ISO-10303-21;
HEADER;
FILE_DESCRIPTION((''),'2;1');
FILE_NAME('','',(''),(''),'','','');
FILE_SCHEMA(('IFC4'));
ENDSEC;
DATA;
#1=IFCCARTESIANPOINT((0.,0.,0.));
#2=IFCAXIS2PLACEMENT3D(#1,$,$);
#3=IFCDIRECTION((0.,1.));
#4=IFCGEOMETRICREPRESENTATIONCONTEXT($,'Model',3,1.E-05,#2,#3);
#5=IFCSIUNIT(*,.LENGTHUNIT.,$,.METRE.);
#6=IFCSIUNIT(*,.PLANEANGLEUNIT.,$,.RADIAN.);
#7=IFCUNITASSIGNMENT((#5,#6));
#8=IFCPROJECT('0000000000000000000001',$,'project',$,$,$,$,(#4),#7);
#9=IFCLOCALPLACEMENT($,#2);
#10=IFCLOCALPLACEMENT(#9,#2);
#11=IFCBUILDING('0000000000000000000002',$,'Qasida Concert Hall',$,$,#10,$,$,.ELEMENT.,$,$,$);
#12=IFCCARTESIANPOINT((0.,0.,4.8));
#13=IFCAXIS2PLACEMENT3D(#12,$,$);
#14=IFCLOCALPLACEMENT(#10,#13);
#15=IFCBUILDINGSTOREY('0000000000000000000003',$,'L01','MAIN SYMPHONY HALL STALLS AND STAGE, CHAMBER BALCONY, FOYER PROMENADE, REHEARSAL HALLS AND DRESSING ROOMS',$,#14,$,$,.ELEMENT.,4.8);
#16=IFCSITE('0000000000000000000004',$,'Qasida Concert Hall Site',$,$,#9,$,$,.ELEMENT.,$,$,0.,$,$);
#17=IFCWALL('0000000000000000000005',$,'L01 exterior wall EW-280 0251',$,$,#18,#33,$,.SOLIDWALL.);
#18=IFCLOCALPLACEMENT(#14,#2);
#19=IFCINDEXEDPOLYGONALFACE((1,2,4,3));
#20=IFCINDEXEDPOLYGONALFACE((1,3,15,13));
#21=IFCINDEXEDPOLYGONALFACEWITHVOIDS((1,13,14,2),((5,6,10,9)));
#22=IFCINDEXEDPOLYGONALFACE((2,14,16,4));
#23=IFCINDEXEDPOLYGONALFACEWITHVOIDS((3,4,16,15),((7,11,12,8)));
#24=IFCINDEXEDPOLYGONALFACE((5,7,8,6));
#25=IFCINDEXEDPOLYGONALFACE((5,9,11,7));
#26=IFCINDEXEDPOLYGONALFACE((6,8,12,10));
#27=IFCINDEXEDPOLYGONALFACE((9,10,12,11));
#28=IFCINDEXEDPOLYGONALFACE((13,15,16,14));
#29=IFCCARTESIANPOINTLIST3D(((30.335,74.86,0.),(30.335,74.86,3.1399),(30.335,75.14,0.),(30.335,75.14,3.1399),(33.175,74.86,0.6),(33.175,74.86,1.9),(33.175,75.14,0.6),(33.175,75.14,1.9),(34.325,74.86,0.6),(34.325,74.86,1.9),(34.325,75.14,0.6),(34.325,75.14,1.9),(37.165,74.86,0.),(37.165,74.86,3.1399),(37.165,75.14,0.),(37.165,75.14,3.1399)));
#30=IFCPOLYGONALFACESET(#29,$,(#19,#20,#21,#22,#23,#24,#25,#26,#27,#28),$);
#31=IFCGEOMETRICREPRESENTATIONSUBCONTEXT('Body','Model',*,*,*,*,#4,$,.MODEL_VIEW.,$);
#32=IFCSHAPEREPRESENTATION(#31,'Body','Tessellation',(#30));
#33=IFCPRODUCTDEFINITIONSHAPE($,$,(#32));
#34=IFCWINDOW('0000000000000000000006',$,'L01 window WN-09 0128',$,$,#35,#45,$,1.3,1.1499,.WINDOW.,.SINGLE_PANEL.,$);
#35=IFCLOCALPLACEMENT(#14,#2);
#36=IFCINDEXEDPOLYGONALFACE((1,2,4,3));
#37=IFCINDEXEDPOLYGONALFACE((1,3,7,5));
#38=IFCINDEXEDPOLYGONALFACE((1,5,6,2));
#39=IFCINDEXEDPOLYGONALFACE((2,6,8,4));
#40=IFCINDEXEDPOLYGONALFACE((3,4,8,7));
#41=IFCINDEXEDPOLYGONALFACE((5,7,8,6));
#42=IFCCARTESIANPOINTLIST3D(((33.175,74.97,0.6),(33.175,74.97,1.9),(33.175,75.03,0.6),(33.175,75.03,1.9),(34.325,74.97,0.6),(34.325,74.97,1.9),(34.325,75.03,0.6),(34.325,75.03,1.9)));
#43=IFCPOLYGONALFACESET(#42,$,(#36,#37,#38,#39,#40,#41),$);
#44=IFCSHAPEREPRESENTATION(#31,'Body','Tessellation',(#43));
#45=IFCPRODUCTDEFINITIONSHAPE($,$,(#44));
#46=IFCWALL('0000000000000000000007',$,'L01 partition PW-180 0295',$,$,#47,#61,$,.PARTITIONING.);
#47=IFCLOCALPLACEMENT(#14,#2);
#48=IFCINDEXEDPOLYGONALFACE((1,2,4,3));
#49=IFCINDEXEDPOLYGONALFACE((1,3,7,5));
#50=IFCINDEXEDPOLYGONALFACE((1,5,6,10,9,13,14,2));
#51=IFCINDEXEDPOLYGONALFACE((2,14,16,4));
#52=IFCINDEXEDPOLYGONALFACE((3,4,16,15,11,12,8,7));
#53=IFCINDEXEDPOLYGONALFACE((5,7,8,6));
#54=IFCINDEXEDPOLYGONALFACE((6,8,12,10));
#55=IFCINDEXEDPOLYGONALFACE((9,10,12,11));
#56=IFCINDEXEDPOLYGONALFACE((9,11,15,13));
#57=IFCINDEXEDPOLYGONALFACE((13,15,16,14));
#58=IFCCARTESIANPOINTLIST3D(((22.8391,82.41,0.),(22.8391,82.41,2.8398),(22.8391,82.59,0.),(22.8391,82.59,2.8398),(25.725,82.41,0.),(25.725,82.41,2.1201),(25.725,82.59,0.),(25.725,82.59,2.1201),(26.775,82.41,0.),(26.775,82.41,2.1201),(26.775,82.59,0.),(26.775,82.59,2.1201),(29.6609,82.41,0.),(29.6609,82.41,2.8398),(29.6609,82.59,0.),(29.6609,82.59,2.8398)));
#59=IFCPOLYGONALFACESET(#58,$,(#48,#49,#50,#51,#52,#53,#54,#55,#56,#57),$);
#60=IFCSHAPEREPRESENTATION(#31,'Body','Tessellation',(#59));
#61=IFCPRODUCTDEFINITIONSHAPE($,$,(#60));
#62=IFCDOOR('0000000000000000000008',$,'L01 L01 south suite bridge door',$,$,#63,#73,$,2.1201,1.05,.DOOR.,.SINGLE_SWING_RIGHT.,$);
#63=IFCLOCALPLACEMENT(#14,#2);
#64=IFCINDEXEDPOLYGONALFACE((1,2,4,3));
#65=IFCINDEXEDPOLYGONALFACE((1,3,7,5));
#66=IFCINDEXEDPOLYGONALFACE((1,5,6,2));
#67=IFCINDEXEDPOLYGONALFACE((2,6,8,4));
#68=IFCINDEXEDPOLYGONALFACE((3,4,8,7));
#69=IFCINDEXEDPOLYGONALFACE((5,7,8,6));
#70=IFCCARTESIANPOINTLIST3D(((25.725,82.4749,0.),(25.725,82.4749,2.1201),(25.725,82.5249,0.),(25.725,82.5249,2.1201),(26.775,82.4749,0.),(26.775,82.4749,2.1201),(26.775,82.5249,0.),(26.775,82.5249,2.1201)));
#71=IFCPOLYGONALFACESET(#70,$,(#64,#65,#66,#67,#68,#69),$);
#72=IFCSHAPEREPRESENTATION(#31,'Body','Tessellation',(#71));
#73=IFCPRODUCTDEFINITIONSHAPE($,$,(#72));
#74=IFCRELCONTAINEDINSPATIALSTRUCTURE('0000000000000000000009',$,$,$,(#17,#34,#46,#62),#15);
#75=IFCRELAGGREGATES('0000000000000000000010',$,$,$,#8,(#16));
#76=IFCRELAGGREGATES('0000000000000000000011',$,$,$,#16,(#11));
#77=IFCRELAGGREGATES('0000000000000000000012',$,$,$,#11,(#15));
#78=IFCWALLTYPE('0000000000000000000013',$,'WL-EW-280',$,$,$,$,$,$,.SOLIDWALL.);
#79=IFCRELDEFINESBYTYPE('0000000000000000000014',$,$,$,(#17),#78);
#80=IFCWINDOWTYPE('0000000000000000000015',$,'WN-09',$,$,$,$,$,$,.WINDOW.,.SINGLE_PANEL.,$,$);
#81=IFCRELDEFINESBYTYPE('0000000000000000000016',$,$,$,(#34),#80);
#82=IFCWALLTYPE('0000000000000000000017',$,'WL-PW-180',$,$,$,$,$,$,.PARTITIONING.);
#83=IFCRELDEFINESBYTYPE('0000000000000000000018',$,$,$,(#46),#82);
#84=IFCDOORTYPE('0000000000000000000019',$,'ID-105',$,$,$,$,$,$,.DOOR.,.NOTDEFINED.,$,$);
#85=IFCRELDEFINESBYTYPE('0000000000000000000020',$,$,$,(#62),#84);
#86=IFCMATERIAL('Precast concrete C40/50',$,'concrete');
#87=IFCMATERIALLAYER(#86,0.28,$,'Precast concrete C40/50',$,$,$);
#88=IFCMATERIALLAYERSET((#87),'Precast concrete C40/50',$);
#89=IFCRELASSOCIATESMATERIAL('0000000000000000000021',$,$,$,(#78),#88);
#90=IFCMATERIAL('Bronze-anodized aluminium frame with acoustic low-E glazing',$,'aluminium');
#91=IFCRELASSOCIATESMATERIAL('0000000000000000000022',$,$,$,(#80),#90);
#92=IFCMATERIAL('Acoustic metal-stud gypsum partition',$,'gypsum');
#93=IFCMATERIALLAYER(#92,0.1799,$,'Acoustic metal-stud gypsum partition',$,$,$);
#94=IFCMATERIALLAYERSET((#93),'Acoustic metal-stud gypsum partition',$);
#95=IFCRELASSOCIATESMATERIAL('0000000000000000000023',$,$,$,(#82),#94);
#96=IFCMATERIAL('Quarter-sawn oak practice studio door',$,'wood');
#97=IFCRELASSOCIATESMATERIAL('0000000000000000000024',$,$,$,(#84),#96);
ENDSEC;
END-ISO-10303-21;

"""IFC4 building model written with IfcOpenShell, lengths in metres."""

from ifc_helpers import new_model, si_unit, direction, frame, frame_2d, origin, place, context, subcontext, project, spatial, rectangle, extrude, material, layer, layer_set, type_object, element, fill, save


model = new_model("IFC4")

# Units and contexts
model_context = context("Model", 3, precision=1e-05, world=origin(), true_north=direction((0.0, 1.0)))
body_context = subcontext(model_context, "Body", "Model", "MODEL_VIEW")
ifc_project = project(units=[si_unit("LENGTHUNIT", "METRE"), si_unit("PLANEANGLEUNIT", "RADIAN")], contexts=[model_context])

# Site, building, storey
site_placement = place(None, origin())
site = spatial("IfcSite", under=ifc_project, at=site_placement, Name="Qasida Concert Hall Site", CompositionType="ELEMENT", RefElevation=0.0)
building_placement = place(site_placement, origin())
building = spatial("IfcBuilding", under=site, at=building_placement, Name="Qasida Concert Hall", CompositionType="ELEMENT")
storey_placement = place(building_placement, frame((0.0, 0.0, 4.8)))
storey = spatial("IfcBuildingStorey", under=building, at=storey_placement, Name="L01", Description="MAIN SYMPHONY HALL STALLS AND STAGE, CHAMBER BALCONY, FOYER PROMENADE, REHEARSAL HALLS AND DRESSING ROOMS", CompositionType="ELEMENT", Elevation=4.8)

# Wall, opening, window
ifc_material_1 = material(Name="Precast concrete C40/50", Category="concrete")
ifc_layer_1 = layer(ifc_material_1, 0.28, Name="Precast concrete C40/50")
ifc_layer_set_1 = layer_set([ifc_layer_1], Name="Precast concrete C40/50")
wall_type_1 = type_object("IfcWallType", Name="WL-EW-280", PredefinedType="SOLIDWALL", material=ifc_layer_set_1)
wall_1_placement = place(storey_placement, frame((30.335, 75.0, 0.0), z_axis=(0.0, 0.0, 1.0), x_axis=(1.0, 0.0, 0.0)))
wall_1 = element("IfcWall", 1, at=wall_1_placement, inside=storey, type_object=wall_type_1, Name="L01 exterior wall EW-280 0251", PredefinedType="SOLIDWALL", context=body_context, shape_type="SweptSolid", body=[
    extrude(rectangle(XDim=6.8301, YDim=0.28, at=frame_2d((3.415, 0.0))), origin(), (0.0, 0.0, 1.0), 3.1399),
])
opening_1_placement = place(wall_1_placement, frame((2.8401, 0.0, 0.6001)))
opening_1 = element("IfcOpeningElement", 2, at=opening_1_placement, cuts=wall_1, PredefinedType="OPENING", context=body_context, shape_type="SweptSolid", body=[
    extrude(rectangle(XDim=1.1499, YDim=1.3, at=frame_2d((0.575, 0.6499))), frame((0.0, 0.1499, 0.0), z_axis=(0.0, -1.0, 0.0), x_axis=(1.0, 0.0, 0.0)), (0.0, 0.0, 1.0), 0.3),
])
ifc_material_2 = material(Name="Bronze-anodized aluminium frame with acoustic low-E glazing", Category="aluminium")
window_type = type_object("IfcWindowType", Name="WN-09", PartitioningType="SINGLE_PANEL", PredefinedType="WINDOW", material=ifc_material_2)
window_placement = place(opening_1_placement, origin())
window = element("IfcWindow", 3, at=window_placement, inside=storey, type_object=window_type, Name="L01 window WN-09 0128", OverallHeight=1.3, OverallWidth=1.1499, PartitioningType="SINGLE_PANEL", PredefinedType="WINDOW", context=body_context, shape_type="SweptSolid", body=[
    extrude(rectangle(XDim=1.1499, YDim=1.3, at=frame_2d((0.575, 0.6499))), frame((0.0, 0.03, 0.0), z_axis=(0.0, -1.0, 0.0), x_axis=(1.0, 0.0, 0.0)), (0.0, 0.0, 1.0), 0.0601),
])
fill(opening_1, window)

# Wall, opening, door
ifc_material_3 = material(Name="Acoustic metal-stud gypsum partition", Category="gypsum")
ifc_layer_2 = layer(ifc_material_3, 0.1799, Name="Acoustic metal-stud gypsum partition")
ifc_layer_set_2 = layer_set([ifc_layer_2], Name="Acoustic metal-stud gypsum partition")
wall_type_2 = type_object("IfcWallType", Name="WL-PW-180", PredefinedType="PARTITIONING", material=ifc_layer_set_2)
wall_2_placement = place(storey_placement, frame((22.8391, 82.5, 0.0), z_axis=(0.0, 0.0, 1.0), x_axis=(1.0, 0.0, 0.0)))
wall_2 = element("IfcWall", 4, at=wall_2_placement, inside=storey, type_object=wall_type_2, Name="L01 partition PW-180 0295", PredefinedType="PARTITIONING", context=body_context, shape_type="SweptSolid", body=[
    extrude(rectangle(XDim=6.8218, YDim=0.1799, at=frame_2d((3.4109, 0.0))), origin(), (0.0, 0.0, 1.0), 2.8398),
])
opening_2_placement = place(wall_2_placement, frame((2.886, 0.0, 0.0)))
opening_2 = element("IfcOpeningElement", 5, at=opening_2_placement, cuts=wall_2, PredefinedType="OPENING", context=body_context, shape_type="SweptSolid", body=[
    extrude(rectangle(XDim=1.05, YDim=2.1201, at=frame_2d((0.5249, 1.0601))), frame((0.0, 0.0999, 0.0), z_axis=(0.0, -1.0, 0.0), x_axis=(1.0, 0.0, 0.0)), (0.0, 0.0, 1.0), 0.2),
])
ifc_material_4 = material(Name="Quarter-sawn oak practice studio door", Category="wood")
door_type = type_object("IfcDoorType", Name="ID-105", OperationType="NOTDEFINED", PredefinedType="DOOR", material=ifc_material_4)
door_placement = place(opening_2_placement, origin())
door = element("IfcDoor", 6, at=door_placement, inside=storey, type_object=door_type, Name="L01 L01 south suite bridge door", OperationType="SINGLE_SWING_RIGHT", OverallHeight=2.1201, OverallWidth=1.05, PredefinedType="DOOR", context=body_context, shape_type="SweptSolid", body=[
    extrude(rectangle(XDim=1.05, YDim=2.1201, at=frame_2d((0.5249, 1.0601))), frame((0.0, 0.0249, 0.0), z_axis=(0.0, -1.0, 0.0), x_axis=(1.0, 0.0, 0.0)), (0.0, 0.0, 1.0), 0.05),
])
fill(opening_2, door)

save(model, "model.ifc")
